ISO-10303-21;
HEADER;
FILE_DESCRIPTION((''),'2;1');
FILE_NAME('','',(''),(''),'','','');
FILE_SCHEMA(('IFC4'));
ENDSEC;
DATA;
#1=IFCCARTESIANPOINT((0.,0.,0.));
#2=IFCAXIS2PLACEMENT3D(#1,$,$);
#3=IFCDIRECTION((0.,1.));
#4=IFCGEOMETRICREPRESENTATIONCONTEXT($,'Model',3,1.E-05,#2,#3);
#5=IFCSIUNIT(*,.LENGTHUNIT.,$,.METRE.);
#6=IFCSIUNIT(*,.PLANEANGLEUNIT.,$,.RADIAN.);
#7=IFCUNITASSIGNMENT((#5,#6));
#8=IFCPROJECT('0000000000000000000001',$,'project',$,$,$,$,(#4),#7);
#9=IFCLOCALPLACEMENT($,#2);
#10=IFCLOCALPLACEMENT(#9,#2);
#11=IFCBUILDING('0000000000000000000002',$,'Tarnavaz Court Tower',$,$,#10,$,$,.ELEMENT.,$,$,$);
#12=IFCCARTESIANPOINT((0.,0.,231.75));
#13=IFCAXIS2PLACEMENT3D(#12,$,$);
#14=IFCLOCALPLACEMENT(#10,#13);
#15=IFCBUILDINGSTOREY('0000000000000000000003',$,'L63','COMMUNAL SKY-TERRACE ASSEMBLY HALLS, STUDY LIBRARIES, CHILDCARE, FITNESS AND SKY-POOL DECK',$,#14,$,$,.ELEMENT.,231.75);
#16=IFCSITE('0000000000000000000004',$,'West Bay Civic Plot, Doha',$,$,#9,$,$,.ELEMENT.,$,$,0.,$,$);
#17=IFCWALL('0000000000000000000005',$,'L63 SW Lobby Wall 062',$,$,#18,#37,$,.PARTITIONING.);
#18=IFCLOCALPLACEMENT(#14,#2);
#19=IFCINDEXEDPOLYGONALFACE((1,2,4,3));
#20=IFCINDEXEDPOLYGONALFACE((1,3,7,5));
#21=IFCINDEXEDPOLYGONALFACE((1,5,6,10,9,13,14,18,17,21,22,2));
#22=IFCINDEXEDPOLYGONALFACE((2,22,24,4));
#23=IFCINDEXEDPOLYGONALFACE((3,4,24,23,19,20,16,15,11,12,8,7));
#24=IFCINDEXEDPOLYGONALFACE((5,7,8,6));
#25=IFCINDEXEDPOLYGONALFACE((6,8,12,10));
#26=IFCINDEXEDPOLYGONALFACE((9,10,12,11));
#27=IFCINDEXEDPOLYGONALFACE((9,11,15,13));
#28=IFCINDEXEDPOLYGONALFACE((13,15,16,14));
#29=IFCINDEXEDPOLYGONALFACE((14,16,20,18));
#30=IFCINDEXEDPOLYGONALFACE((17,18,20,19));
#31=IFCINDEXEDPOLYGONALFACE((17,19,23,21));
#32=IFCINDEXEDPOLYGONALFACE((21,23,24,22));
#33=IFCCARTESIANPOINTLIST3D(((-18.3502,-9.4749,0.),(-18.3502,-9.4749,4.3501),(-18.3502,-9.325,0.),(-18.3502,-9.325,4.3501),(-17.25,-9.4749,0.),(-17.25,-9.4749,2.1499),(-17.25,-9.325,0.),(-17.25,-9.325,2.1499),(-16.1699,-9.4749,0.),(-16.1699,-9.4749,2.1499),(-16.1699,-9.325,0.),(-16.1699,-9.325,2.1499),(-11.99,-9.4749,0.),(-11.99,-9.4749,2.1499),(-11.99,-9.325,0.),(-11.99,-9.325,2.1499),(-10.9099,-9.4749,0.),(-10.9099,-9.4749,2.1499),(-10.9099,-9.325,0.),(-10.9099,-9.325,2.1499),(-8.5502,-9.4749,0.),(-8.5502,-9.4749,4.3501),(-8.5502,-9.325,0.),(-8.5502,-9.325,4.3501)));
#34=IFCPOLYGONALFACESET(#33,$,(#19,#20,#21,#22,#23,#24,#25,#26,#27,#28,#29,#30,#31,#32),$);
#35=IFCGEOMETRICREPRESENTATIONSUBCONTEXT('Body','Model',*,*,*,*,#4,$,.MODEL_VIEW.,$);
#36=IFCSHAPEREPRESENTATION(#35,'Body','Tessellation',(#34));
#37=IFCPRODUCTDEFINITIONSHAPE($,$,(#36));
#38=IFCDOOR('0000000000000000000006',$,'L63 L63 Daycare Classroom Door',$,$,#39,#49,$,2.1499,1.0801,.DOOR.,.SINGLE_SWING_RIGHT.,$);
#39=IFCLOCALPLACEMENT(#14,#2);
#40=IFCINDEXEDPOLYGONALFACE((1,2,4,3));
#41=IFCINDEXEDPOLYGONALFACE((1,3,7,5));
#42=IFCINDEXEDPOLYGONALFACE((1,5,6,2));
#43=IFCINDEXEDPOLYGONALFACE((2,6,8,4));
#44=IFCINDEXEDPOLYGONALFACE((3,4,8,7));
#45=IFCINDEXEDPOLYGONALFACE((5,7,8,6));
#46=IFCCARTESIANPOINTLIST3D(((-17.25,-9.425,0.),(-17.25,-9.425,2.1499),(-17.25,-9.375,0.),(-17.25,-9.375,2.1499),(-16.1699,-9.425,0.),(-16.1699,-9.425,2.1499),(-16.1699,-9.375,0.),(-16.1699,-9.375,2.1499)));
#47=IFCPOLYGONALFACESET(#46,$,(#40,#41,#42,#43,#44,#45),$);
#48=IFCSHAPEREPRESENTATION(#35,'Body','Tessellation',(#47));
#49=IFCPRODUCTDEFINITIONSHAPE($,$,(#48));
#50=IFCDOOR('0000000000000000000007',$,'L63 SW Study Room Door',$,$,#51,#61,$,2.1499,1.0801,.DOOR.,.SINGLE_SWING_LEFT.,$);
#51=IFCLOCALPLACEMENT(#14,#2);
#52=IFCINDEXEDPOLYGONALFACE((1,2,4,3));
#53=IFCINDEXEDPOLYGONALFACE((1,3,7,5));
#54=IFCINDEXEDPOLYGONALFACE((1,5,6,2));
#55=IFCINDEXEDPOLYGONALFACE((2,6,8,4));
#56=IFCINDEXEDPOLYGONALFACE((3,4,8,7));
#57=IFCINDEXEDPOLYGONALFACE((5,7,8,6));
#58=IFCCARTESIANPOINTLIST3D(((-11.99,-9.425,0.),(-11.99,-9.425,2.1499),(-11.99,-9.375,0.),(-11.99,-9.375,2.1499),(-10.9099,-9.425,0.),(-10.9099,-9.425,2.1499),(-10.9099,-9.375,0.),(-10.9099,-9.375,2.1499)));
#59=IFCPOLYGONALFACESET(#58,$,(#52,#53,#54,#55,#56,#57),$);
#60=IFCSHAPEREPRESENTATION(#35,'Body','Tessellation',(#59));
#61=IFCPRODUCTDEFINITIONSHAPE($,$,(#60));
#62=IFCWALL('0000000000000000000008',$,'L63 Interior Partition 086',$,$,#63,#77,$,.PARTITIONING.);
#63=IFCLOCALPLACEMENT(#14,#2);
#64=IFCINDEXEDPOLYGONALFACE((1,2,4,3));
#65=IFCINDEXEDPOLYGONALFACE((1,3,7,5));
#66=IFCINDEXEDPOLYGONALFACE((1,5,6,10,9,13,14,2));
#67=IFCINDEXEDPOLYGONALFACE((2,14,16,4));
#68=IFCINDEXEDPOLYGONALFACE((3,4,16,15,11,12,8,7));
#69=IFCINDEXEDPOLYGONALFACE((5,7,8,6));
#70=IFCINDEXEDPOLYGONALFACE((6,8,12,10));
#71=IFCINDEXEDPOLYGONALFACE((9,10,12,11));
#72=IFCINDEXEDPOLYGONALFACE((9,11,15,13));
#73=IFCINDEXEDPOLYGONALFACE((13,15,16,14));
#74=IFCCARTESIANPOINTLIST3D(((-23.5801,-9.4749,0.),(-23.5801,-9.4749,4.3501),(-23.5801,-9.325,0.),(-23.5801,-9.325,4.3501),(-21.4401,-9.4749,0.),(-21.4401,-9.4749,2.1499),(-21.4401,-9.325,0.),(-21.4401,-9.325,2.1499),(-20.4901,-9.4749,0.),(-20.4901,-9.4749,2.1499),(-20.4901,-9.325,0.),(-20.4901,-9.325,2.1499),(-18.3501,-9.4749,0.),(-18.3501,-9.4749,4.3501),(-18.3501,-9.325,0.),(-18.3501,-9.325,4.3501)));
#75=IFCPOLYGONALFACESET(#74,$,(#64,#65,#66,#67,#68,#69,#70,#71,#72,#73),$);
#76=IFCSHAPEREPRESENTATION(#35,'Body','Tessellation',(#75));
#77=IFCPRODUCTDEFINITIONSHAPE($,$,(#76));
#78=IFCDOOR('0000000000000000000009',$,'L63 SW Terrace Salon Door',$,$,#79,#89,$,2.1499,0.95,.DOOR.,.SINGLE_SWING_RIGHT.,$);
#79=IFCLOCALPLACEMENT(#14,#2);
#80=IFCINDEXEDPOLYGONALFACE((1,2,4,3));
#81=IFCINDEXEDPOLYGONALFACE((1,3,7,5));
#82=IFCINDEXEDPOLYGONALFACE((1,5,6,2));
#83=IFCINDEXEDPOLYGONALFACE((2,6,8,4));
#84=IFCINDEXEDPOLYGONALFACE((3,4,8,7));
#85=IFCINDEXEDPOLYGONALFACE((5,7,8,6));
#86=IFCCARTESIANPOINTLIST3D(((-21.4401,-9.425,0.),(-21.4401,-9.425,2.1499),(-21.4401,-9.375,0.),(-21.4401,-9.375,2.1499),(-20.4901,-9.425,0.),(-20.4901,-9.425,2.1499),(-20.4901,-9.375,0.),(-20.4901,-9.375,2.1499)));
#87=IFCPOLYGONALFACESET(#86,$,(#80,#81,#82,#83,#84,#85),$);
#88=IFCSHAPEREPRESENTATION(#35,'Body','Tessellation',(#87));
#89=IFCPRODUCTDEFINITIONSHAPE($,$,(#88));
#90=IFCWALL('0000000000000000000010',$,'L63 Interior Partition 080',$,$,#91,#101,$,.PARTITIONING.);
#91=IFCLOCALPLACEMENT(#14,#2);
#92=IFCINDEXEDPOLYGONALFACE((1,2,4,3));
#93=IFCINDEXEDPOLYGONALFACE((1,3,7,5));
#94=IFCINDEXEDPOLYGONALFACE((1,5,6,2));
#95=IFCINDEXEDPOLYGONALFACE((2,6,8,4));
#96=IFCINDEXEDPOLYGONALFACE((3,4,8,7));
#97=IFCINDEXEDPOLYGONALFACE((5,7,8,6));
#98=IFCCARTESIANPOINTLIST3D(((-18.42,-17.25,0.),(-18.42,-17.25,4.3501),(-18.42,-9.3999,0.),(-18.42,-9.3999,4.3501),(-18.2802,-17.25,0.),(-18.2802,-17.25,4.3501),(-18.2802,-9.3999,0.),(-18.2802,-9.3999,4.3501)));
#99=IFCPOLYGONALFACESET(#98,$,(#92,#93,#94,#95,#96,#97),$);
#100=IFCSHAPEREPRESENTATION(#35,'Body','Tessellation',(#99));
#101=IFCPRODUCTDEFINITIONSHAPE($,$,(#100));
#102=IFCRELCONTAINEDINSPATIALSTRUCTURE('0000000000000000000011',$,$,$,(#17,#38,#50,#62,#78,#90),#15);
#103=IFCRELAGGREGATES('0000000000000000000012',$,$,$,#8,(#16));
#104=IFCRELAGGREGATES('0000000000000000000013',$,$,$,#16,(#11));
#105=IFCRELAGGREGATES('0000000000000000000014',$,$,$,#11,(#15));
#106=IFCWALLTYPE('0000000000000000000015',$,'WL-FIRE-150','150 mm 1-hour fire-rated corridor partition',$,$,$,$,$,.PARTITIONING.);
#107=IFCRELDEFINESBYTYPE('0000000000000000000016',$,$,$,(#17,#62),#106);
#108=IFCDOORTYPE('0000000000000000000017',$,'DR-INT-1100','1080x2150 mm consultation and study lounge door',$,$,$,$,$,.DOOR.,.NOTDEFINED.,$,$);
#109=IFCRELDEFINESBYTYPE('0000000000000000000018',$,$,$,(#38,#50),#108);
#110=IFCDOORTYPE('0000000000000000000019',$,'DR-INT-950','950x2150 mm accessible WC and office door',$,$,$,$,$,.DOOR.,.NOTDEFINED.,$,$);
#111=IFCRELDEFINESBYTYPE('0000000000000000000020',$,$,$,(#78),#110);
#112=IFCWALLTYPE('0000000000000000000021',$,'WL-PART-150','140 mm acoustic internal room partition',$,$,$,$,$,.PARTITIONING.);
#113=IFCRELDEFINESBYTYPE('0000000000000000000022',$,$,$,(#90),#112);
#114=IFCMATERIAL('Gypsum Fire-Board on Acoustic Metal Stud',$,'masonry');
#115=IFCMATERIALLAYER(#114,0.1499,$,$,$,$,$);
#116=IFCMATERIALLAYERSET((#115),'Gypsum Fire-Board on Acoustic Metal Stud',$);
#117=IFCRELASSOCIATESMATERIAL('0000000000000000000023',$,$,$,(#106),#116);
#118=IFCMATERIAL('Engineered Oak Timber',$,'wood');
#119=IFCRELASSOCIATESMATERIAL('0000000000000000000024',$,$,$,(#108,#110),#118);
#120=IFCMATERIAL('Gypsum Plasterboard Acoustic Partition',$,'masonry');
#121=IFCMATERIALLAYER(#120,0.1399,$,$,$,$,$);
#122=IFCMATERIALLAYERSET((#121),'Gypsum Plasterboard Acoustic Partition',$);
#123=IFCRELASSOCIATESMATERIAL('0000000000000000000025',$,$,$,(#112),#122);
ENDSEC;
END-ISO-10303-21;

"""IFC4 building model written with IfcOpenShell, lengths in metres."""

from ifc_helpers import new_model, si_unit, direction, frame, frame_2d, origin, place, context, subcontext, project, spatial, rectangle, extrude, material, layer, layer_set, type_object, element, fill, save


model = new_model("IFC4")

# Units and contexts
model_context = context("Model", 3, precision=1e-05, world=origin(), true_north=direction((0.0, 1.0)))
body_context = subcontext(model_context, "Body", "Model", "MODEL_VIEW")
ifc_project = project(units=[si_unit("LENGTHUNIT", "METRE"), si_unit("PLANEANGLEUNIT", "RADIAN")], contexts=[model_context])

# Site, building, storey
site_placement = place(None, origin())
site = spatial("IfcSite", under=ifc_project, at=site_placement, Name="West Bay Civic Plot, Doha", CompositionType="ELEMENT", RefElevation=0.0)
building_placement = place(site_placement, origin())
building = spatial("IfcBuilding", under=site, at=building_placement, Name="Tarnavaz Court Tower", CompositionType="ELEMENT")
storey_placement = place(building_placement, frame((0.0, 0.0, 231.75)))
storey = spatial("IfcBuildingStorey", under=building, at=storey_placement, Name="L63", Description="COMMUNAL SKY-TERRACE ASSEMBLY HALLS, STUDY LIBRARIES, CHILDCARE, FITNESS AND SKY-POOL DECK", CompositionType="ELEMENT", Elevation=231.75)

# Wall, openings, doors
ifc_material_1 = material(Name="Gypsum Fire-Board on Acoustic Metal Stud", Category="masonry")
ifc_layer_1 = layer(ifc_material_1, 0.1499)
ifc_layer_set_1 = layer_set([ifc_layer_1], Name="Gypsum Fire-Board on Acoustic Metal Stud")
wall_type_1 = type_object("IfcWallType", Name="WL-FIRE-150", Description="150 mm 1-hour fire-rated corridor partition", PredefinedType="PARTITIONING", material=ifc_layer_set_1)
wall_1_placement = place(storey_placement, frame((-18.3501, -9.3999, 0.0), z_axis=(0.0, 0.0, 1.0), x_axis=(1.0, 0.0, 0.0)))
wall_1 = element("IfcWall", 1, at=wall_1_placement, inside=storey, type_object=wall_type_1, Name="L63 SW Lobby Wall 062", PredefinedType="PARTITIONING", context=body_context, shape_type="SweptSolid", body=[
    extrude(rectangle(XDim=9.8, YDim=0.1499, at=frame_2d((4.8999, 0.0))), origin(), (0.0, 0.0, 1.0), 4.3501),
])
opening_1_placement = place(wall_1_placement, frame((1.1001, 0.0, 0.0)))
opening_1 = element("IfcOpeningElement", 2, at=opening_1_placement, cuts=wall_1, PredefinedType="OPENING", context=body_context, shape_type="SweptSolid", body=[
    extrude(rectangle(XDim=1.0801, YDim=2.1499, at=frame_2d((0.54, 1.075))), frame((0.0, 0.085, 0.0), z_axis=(0.0, -1.0, 0.0), x_axis=(1.0, 0.0, 0.0)), (0.0, 0.0, 1.0), 0.1699),
])
opening_2_placement = place(wall_1_placement, frame((6.3601, 0.0, 0.0)))
opening_2 = element("IfcOpeningElement", 3, at=opening_2_placement, cuts=wall_1, PredefinedType="OPENING", context=body_context, shape_type="SweptSolid", body=[
    extrude(rectangle(XDim=1.0801, YDim=2.1499, at=frame_2d((0.54, 1.075))), frame((0.0, 0.085, 0.0), z_axis=(0.0, -1.0, 0.0), x_axis=(1.0, 0.0, 0.0)), (0.0, 0.0, 1.0), 0.1699),
])
ifc_material_2 = material(Name="Engineered Oak Timber", Category="wood")
door_type_1 = type_object("IfcDoorType", Name="DR-INT-1100", Description="1080x2150 mm consultation and study lounge door", OperationType="NOTDEFINED", PredefinedType="DOOR", material=ifc_material_2)
door_1_placement = place(opening_1_placement, origin())
door_1 = element("IfcDoor", 4, at=door_1_placement, inside=storey, type_object=door_type_1, Name="L63 L63 Daycare Classroom Door", OperationType="SINGLE_SWING_RIGHT", OverallHeight=2.1499, OverallWidth=1.0801, PredefinedType="DOOR", context=body_context, shape_type="SweptSolid", body=[
    extrude(rectangle(XDim=1.0801, YDim=2.1499, at=frame_2d((0.54, 1.075))), frame((0.0, 0.0249, 0.0), z_axis=(0.0, -1.0, 0.0), x_axis=(1.0, 0.0, 0.0)), (0.0, 0.0, 1.0), 0.05),
])
fill(opening_1, door_1)
door_2_placement = place(opening_2_placement, origin())
door_2 = element("IfcDoor", 5, at=door_2_placement, inside=storey, type_object=door_type_1, Name="L63 SW Study Room Door", OperationType="SINGLE_SWING_LEFT", OverallHeight=2.1499, OverallWidth=1.0801, PredefinedType="DOOR", context=body_context, shape_type="SweptSolid", body=[
    extrude(rectangle(XDim=1.0801, YDim=2.1499, at=frame_2d((0.54, 1.075))), frame((0.0, 0.0249, 0.0), z_axis=(0.0, -1.0, 0.0), x_axis=(1.0, 0.0, 0.0)), (0.0, 0.0, 1.0), 0.05),
])
fill(opening_2, door_2)

# Wall, opening, door
wall_2_placement = place(storey_placement, frame((-23.5801, -9.3999, 0.0), z_axis=(0.0, 0.0, 1.0), x_axis=(1.0, 0.0, 0.0)))
wall_2 = element("IfcWall", 6, at=wall_2_placement, inside=storey, type_object=wall_type_1, Name="L63 Interior Partition 086", PredefinedType="PARTITIONING", context=body_context, shape_type="SweptSolid", body=[
    extrude(rectangle(XDim=5.23, YDim=0.1499, at=frame_2d((2.615, 0.0))), origin(), (0.0, 0.0, 1.0), 4.3501),
])
opening_3_placement = place(wall_2_placement, frame((2.1399, 0.0, 0.0)))
opening_3 = element("IfcOpeningElement", 7, at=opening_3_placement, cuts=wall_2, PredefinedType="OPENING", context=body_context, shape_type="SweptSolid", body=[
    extrude(rectangle(XDim=0.95, YDim=2.1499, at=frame_2d((0.4751, 1.075))), frame((0.0, 0.085, 0.0), z_axis=(0.0, -1.0, 0.0), x_axis=(1.0, 0.0, 0.0)), (0.0, 0.0, 1.0), 0.1699),
])
door_type_2 = type_object("IfcDoorType", Name="DR-INT-950", Description="950x2150 mm accessible WC and office door", OperationType="NOTDEFINED", PredefinedType="DOOR", material=ifc_material_2)
door_3_placement = place(opening_3_placement, origin())
door_3 = element("IfcDoor", 8, at=door_3_placement, inside=storey, type_object=door_type_2, Name="L63 SW Terrace Salon Door", OperationType="SINGLE_SWING_RIGHT", OverallHeight=2.1499, OverallWidth=0.95, PredefinedType="DOOR", context=body_context, shape_type="SweptSolid", body=[
    extrude(rectangle(XDim=0.95, YDim=2.1499, at=frame_2d((0.4751, 1.075))), frame((0.0, 0.0249, 0.0), z_axis=(0.0, -1.0, 0.0), x_axis=(1.0, 0.0, 0.0)), (0.0, 0.0, 1.0), 0.05),
])
fill(opening_3, door_3)

# Wall
ifc_material_3 = material(Name="Gypsum Plasterboard Acoustic Partition", Category="masonry")
ifc_layer_2 = layer(ifc_material_3, 0.1399)
ifc_layer_set_2 = layer_set([ifc_layer_2], Name="Gypsum Plasterboard Acoustic Partition")
wall_type_2 = type_object("IfcWallType", Name="WL-PART-150", Description="140 mm acoustic internal room partition", PredefinedType="PARTITIONING", material=ifc_layer_set_2)
wall_3_placement = place(storey_placement, frame((-18.3501, -17.25, 0.0), z_axis=(0.0, 0.0, 1.0), x_axis=(0.0, 1.0, 0.0)))
element("IfcWall", 9, at=wall_3_placement, inside=storey, type_object=wall_type_2, Name="L63 Interior Partition 080", PredefinedType="PARTITIONING", context=body_context, shape_type="SweptSolid", body=[
    extrude(rectangle(XDim=7.8501, YDim=0.1399, at=frame_2d((3.925, 0.0))), origin(), (0.0, 0.0, 1.0), 4.3501),
])

save(model, "model.ifc")
